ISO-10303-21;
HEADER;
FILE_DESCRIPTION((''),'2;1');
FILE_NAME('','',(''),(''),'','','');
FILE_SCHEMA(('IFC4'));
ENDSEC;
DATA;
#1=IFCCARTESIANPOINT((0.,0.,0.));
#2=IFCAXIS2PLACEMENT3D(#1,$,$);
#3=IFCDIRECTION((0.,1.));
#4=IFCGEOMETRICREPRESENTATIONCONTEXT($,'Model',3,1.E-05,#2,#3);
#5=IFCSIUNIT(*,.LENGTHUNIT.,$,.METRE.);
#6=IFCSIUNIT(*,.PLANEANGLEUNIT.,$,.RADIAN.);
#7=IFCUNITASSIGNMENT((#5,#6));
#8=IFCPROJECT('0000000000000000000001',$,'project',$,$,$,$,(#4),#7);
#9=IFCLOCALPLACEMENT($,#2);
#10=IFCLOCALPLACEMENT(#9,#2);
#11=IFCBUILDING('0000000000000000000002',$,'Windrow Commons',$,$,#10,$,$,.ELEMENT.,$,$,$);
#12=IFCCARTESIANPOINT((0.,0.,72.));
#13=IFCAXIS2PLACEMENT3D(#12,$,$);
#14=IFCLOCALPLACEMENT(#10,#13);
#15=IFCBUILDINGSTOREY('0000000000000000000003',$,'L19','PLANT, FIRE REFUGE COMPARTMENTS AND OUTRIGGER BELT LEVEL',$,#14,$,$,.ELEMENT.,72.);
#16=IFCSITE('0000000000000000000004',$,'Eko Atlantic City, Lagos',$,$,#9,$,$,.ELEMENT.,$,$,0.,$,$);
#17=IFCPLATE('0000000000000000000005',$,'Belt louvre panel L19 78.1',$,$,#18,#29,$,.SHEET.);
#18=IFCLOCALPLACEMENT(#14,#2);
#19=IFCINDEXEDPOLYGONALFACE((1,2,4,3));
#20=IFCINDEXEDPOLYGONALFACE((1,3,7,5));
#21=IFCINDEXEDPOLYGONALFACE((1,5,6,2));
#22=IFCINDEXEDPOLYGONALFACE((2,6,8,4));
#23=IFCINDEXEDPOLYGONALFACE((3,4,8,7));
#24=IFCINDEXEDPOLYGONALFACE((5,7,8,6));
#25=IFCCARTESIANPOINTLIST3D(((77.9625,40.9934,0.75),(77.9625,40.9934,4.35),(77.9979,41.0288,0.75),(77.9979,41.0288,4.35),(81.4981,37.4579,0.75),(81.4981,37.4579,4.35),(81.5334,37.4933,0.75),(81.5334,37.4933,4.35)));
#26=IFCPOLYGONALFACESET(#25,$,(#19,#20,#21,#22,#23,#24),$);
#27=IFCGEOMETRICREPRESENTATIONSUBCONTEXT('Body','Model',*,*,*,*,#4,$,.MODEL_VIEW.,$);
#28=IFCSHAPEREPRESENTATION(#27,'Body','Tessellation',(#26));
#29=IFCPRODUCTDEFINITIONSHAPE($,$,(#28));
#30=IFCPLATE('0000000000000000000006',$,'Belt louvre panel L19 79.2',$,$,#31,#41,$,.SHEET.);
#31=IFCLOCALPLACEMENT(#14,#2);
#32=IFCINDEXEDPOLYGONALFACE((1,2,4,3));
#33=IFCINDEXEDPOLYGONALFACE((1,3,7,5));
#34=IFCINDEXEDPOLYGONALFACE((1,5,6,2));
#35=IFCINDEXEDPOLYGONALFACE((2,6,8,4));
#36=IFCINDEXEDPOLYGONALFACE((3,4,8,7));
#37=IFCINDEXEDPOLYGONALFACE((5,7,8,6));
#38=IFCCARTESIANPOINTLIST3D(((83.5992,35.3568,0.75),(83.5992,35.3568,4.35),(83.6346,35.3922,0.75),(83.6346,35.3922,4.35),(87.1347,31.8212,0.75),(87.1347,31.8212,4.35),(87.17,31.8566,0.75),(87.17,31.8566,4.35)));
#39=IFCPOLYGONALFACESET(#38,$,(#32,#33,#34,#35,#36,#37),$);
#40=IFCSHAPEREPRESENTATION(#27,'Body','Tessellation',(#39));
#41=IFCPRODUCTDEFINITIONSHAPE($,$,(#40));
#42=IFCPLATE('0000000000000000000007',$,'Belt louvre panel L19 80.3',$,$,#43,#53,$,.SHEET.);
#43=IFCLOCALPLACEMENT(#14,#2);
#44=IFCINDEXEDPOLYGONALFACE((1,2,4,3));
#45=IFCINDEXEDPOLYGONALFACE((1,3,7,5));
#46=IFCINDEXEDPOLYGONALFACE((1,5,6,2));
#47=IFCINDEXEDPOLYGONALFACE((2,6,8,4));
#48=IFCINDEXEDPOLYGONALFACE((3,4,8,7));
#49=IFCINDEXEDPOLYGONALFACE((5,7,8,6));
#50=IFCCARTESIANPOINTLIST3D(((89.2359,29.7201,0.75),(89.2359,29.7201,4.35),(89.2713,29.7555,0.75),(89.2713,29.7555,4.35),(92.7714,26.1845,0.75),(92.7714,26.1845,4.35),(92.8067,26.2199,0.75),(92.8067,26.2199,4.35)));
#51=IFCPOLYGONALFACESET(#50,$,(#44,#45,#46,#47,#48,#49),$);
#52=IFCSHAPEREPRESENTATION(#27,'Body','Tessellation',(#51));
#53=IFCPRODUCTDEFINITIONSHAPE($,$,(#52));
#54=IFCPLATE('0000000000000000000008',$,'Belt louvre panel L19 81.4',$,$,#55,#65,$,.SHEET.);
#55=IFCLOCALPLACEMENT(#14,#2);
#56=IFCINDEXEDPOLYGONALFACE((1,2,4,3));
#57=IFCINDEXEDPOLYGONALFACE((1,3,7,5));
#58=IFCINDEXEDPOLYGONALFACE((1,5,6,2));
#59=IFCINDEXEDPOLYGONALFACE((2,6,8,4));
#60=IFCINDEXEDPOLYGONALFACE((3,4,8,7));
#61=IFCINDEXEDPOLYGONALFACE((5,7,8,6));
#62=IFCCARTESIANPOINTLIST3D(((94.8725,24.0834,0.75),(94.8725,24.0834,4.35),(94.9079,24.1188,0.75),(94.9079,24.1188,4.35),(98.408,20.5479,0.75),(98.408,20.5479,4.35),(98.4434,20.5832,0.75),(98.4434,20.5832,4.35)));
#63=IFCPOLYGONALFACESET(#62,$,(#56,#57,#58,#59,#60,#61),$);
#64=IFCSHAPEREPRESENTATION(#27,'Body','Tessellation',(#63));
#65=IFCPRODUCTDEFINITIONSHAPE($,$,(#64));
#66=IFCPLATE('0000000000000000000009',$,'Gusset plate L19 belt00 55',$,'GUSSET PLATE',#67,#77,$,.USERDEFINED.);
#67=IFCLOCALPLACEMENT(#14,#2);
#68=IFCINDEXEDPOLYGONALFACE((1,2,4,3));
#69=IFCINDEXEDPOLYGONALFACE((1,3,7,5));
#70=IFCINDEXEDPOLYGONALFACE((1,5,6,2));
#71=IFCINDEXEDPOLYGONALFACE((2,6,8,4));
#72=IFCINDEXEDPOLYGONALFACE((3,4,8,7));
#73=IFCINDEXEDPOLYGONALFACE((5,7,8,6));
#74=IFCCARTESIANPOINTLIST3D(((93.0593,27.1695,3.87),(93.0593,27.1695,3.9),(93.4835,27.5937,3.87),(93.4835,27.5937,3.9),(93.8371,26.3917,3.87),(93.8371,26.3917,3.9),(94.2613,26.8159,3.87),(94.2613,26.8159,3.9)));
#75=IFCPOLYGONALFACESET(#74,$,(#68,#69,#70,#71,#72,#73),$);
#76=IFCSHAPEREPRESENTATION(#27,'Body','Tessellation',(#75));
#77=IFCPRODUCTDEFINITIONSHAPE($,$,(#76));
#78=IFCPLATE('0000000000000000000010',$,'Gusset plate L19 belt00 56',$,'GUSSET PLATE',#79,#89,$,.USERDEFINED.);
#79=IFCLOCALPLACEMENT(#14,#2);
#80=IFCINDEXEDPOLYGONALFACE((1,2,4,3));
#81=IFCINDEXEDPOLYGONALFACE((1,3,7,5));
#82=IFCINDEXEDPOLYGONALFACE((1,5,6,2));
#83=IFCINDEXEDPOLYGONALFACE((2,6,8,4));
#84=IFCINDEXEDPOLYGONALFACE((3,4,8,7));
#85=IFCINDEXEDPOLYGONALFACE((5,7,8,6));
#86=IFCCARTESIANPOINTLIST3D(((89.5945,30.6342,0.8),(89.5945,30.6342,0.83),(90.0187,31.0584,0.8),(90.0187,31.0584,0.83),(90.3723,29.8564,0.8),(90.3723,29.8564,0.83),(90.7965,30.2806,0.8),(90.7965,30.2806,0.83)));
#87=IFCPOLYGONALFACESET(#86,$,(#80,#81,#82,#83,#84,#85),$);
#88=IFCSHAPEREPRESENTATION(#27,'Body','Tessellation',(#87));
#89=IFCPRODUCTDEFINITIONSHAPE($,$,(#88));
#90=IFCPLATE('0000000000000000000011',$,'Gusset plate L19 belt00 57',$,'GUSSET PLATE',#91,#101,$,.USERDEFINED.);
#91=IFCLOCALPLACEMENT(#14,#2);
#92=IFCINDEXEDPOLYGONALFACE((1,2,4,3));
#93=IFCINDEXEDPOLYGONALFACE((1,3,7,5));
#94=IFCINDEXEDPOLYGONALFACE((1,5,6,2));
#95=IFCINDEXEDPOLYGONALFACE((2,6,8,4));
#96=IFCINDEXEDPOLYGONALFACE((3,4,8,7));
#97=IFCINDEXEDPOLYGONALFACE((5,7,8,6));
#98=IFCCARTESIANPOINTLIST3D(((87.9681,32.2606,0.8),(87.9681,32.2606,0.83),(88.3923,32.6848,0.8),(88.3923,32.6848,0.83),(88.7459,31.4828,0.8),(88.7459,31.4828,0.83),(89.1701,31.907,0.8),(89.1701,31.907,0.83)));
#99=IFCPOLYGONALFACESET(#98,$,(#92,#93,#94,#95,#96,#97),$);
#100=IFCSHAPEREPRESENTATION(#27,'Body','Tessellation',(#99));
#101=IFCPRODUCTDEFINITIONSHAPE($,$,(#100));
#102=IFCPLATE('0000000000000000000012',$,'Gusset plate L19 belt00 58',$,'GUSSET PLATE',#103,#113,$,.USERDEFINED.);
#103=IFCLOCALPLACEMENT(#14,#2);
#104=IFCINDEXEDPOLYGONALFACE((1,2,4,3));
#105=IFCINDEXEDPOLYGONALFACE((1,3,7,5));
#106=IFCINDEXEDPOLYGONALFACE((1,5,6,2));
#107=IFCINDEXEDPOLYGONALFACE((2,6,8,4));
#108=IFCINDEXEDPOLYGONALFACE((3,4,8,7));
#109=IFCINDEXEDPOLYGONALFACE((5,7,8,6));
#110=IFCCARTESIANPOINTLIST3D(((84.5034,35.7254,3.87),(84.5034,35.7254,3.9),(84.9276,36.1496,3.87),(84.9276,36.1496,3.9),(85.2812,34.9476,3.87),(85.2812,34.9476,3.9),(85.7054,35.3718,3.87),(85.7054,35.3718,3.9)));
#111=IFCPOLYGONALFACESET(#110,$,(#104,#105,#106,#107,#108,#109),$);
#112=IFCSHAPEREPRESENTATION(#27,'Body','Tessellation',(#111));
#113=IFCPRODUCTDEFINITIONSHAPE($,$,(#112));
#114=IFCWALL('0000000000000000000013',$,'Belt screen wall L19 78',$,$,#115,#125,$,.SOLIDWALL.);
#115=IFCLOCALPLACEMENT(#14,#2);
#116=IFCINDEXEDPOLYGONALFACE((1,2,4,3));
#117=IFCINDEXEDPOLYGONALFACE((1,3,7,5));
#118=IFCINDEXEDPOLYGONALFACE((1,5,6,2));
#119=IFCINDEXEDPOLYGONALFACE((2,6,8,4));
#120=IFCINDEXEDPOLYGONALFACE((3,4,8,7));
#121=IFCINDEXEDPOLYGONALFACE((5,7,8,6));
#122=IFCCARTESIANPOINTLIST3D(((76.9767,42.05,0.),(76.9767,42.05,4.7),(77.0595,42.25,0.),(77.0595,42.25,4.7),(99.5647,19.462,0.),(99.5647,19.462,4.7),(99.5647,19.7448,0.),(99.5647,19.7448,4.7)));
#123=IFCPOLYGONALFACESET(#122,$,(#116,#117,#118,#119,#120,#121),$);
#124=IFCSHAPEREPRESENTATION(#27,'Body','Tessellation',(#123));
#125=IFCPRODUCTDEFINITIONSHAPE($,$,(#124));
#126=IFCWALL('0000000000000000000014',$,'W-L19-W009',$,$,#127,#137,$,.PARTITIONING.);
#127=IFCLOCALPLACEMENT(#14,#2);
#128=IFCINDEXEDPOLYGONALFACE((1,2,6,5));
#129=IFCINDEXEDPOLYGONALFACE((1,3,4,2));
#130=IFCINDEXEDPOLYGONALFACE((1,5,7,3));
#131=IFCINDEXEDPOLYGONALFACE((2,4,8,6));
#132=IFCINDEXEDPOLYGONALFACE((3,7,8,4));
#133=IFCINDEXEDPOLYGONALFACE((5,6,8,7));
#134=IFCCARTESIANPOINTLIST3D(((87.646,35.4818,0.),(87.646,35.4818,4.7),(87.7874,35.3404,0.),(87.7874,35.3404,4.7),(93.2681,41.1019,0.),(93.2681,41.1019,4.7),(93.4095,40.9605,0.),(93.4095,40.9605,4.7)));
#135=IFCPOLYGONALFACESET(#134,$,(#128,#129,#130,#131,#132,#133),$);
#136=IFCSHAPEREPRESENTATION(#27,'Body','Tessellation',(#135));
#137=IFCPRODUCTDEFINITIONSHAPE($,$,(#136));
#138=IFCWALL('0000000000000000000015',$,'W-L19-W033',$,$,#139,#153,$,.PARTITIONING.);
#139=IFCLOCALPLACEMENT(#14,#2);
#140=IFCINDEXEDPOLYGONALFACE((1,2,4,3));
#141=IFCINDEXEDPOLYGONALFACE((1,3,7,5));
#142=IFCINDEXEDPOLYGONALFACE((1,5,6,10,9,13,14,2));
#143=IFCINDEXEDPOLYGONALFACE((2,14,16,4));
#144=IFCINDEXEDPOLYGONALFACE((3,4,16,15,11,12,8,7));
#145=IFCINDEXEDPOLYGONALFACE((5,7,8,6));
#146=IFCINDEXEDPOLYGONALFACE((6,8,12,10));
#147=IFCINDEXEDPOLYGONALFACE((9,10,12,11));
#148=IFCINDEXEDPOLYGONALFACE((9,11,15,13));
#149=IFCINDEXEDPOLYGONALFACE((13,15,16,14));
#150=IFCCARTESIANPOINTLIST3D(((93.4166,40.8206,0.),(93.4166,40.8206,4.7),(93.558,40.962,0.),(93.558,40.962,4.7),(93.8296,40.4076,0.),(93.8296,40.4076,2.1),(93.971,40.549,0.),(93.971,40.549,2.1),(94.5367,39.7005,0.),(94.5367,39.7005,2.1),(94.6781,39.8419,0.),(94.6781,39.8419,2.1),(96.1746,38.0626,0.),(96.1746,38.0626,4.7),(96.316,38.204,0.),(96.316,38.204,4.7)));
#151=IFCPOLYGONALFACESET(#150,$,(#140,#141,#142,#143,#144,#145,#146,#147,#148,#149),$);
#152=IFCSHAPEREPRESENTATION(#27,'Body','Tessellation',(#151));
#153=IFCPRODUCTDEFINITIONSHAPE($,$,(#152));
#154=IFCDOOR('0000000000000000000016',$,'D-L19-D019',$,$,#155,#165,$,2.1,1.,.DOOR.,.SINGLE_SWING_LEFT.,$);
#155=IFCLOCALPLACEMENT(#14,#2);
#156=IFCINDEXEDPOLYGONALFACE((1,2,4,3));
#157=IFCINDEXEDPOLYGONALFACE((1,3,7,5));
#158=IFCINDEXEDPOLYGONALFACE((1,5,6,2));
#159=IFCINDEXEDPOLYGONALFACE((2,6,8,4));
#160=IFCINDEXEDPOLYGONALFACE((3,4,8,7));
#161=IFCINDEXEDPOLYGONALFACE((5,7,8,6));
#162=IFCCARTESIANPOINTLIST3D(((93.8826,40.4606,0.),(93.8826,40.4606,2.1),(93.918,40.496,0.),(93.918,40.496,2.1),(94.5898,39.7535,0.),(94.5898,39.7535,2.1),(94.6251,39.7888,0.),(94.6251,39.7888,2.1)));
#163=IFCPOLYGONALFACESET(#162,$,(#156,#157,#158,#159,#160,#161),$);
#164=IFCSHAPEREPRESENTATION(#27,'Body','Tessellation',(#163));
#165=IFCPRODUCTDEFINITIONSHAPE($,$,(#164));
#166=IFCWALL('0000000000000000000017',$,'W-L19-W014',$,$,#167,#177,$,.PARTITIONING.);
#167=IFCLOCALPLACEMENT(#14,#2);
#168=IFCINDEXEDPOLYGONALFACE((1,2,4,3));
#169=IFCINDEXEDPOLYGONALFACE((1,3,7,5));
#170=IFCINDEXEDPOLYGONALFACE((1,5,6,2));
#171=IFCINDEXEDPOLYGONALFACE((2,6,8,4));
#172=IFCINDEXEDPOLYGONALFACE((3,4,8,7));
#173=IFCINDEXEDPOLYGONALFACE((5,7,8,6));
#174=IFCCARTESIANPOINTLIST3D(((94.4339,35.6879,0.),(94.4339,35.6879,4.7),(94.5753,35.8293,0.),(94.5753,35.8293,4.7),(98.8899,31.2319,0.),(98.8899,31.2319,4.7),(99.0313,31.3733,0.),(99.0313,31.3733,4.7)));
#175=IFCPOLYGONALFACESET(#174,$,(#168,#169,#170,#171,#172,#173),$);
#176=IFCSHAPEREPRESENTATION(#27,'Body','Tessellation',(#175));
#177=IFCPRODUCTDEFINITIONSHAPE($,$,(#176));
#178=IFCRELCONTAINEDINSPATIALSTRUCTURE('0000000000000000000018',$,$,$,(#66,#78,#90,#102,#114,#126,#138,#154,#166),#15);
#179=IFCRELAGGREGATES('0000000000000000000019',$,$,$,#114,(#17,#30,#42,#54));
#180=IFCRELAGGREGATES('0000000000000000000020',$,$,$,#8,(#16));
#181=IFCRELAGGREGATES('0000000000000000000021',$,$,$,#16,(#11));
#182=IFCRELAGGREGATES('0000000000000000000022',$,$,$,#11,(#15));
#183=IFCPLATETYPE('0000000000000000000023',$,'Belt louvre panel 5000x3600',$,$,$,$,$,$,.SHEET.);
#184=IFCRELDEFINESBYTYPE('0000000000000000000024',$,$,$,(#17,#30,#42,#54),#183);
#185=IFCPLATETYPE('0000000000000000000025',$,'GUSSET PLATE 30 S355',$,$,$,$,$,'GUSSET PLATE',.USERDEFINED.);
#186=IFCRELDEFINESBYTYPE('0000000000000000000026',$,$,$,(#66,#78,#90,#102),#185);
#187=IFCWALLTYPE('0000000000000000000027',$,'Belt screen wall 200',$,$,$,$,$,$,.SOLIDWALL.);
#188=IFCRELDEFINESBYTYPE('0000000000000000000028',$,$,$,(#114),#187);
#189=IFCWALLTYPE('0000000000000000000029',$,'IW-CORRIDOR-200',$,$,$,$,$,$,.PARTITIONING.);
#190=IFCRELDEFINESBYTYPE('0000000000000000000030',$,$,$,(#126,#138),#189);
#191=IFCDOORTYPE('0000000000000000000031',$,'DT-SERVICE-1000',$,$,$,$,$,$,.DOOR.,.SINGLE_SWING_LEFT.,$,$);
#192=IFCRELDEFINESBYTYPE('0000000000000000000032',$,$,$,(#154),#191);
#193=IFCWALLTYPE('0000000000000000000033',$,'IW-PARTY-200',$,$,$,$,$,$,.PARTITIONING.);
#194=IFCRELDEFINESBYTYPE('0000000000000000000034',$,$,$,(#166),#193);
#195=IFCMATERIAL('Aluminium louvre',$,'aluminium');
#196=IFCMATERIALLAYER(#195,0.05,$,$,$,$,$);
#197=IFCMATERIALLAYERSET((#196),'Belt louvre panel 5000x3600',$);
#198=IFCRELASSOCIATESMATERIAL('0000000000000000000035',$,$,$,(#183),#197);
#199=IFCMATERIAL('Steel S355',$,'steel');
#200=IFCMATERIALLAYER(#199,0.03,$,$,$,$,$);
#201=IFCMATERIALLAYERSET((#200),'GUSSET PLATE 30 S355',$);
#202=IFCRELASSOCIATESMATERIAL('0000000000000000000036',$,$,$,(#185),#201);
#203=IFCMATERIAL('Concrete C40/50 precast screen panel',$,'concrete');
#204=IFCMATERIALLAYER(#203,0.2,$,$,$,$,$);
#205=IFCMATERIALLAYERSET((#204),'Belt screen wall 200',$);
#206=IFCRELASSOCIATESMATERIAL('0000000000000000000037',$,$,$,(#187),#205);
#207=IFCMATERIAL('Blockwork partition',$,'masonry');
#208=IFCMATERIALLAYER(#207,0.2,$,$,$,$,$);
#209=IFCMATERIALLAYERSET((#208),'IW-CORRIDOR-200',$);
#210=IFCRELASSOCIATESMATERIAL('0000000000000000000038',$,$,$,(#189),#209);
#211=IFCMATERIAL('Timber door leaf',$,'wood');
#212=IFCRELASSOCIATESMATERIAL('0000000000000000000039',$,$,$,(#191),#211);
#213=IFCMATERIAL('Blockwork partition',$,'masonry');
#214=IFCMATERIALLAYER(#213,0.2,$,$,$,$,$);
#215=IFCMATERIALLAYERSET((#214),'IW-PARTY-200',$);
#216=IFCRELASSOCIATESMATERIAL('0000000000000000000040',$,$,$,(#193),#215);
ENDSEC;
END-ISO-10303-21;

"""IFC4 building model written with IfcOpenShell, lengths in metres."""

from ifc_helpers import new_model, si_unit, direction, frame, frame_2d, origin, origin_2d, place, context, subcontext, project, spatial, polyline, rectangle, outline, extrude, material, layer, layer_set, type_object, element, fill, aggregate, save


model = new_model("IFC4")

# Units and contexts
model_context = context("Model", 3, precision=1e-05, world=origin(), true_north=direction((0.0, 1.0)))
body_context = subcontext(model_context, "Body", "Model", "MODEL_VIEW")
ifc_project = project(units=[si_unit("LENGTHUNIT", "METRE"), si_unit("PLANEANGLEUNIT", "RADIAN")], contexts=[model_context])

# Site, building, storey
site_placement = place(None, origin())
site = spatial("IfcSite", under=ifc_project, at=site_placement, Name="Eko Atlantic City, Lagos", CompositionType="ELEMENT", RefElevation=0.0)
building_placement = place(site_placement, origin())
building = spatial("IfcBuilding", under=site, at=building_placement, Name="Windrow Commons", CompositionType="ELEMENT")
storey_placement = place(building_placement, frame((0.0, 0.0, 72.0)))
storey = spatial("IfcBuildingStorey", under=building, at=storey_placement, Name="L19", Description="PLANT, FIRE REFUGE COMPARTMENTS AND OUTRIGGER BELT LEVEL", CompositionType="ELEMENT", Elevation=72.0)

# Plates
ifc_material_1 = material(Name="Aluminium louvre", Category="aluminium")
ifc_layer_1 = layer(ifc_material_1, 0.05)
ifc_layer_set_1 = layer_set([ifc_layer_1], Name="Belt louvre panel 5000x3600")
plate_type_1 = type_object("IfcPlateType", Name="Belt louvre panel 5000x3600", PredefinedType="SHEET", material=ifc_layer_set_1)
plate_1_placement = place(storey_placement, frame((77.9625, 40.9934, 0.75), z_axis=(-0.707097, -0.707117, 0.0), x_axis=(0.707117, -0.707097, 0.0)))
plate_1 = element("IfcPlate", 1, at=plate_1_placement, type_object=plate_type_1, Name="Belt louvre panel L19 78.1", PredefinedType="SHEET", context=body_context, shape_type="SweptSolid", body=[
    extrude(outline(polyline([(0.0, 0.0), (5.0, 0.0), (5.0, 3.6), (0.0, 3.6), (0.0, 0.0)])), origin(), (0.0, 0.0, -1.0), 0.05),
])
plate_2_placement = place(storey_placement, frame((83.5992, 35.3568, 0.75), z_axis=(-0.707117, -0.707097, 0.0), x_axis=(0.707097, -0.707117, 0.0)))
plate_2 = element("IfcPlate", 2, at=plate_2_placement, type_object=plate_type_1, Name="Belt louvre panel L19 79.2", PredefinedType="SHEET", context=body_context, shape_type="SweptSolid", body=[
    extrude(outline(polyline([(0.0, 0.0), (5.0, 0.0), (5.0, 3.6), (0.0, 3.6), (0.0, 0.0)])), origin(), (0.0, 0.0, -1.0), 0.05),
])
plate_3_placement = place(storey_placement, frame((89.2359, 29.7201, 0.75), z_axis=(-0.707117, -0.707097, 0.0), x_axis=(0.707097, -0.707117, 0.0)))
plate_3 = element("IfcPlate", 3, at=plate_3_placement, type_object=plate_type_1, Name="Belt louvre panel L19 80.3", PredefinedType="SHEET", context=body_context, shape_type="SweptSolid", body=[
    extrude(outline(polyline([(0.0, 0.0), (5.0, 0.0), (5.0, 3.6), (0.0, 3.6), (0.0, 0.0)])), origin(), (0.0, 0.0, -1.0), 0.05),
])
plate_4_placement = place(storey_placement, frame((94.8725, 24.0834, 0.75), z_axis=(-0.707107, -0.707107, 0.0), x_axis=(0.707107, -0.707107, 0.0)))
plate_4 = element("IfcPlate", 4, at=plate_4_placement, type_object=plate_type_1, Name="Belt louvre panel L19 81.4", PredefinedType="SHEET", context=body_context, shape_type="SweptSolid", body=[
    extrude(outline(polyline([(0.0, 0.0), (5.0, 0.0), (5.0, 3.6), (0.0, 3.6), (0.0, 0.0)])), origin(), (0.0, 0.0, -1.0), 0.05),
])

# Plates
ifc_material_2 = material(Name="Steel S355", Category="steel")
ifc_layer_2 = layer(ifc_material_2, 0.03)
ifc_layer_set_2 = layer_set([ifc_layer_2], Name="GUSSET PLATE 30 S355")
plate_type_2 = type_object("IfcPlateType", Name="GUSSET PLATE 30 S355", ElementType="GUSSET PLATE", PredefinedType="USERDEFINED", material=ifc_layer_set_2)
for number, where, z_axis, x_axis, name in (
    (5, (93.6603, 26.9927, 3.87), (0.0, 0.0, 1.0), (-0.707114, 0.707099, 0.0), "Gusset plate L19 belt00 55"),
    (6, (90.1955, 30.4574, 0.8), (0.0, 0.0, 1.0), (-0.707114, 0.707099, 0.0), "Gusset plate L19 belt00 56"),
    (7, (88.5691, 32.0838, 0.8), (0.0, 0.0, 1.0), (-0.707099, 0.707114, 0.0), "Gusset plate L19 belt00 57"),
    (8, (85.1044, 35.5486, 3.87), (0.0, 0.0, 1.0), (-0.707099, 0.707114, 0.0), "Gusset plate L19 belt00 58"),
):
    element("IfcPlate", number, at=place(storey_placement, frame(where, z_axis=z_axis, x_axis=x_axis)), inside=storey, type_object=plate_type_2, Name=name, ObjectType="GUSSET PLATE", PredefinedType="USERDEFINED", context=body_context, shape_type="SweptSolid", body=[
        extrude(rectangle(XDim=1.1, YDim=0.6, at=origin_2d()), origin(), (0.0, 0.0, 1.0), 0.03),
    ])

# Walls
ifc_material_3 = material(Name="Concrete C40/50 precast screen panel", Category="concrete")
ifc_layer_3 = layer(ifc_material_3, 0.2)
ifc_layer_set_3 = layer_set([ifc_layer_3], Name="Belt screen wall 200")
wall_type_1 = type_object("IfcWallType", Name="Belt screen wall 200", PredefinedType="SOLIDWALL", material=ifc_layer_set_3)
wall_1_placement = place(storey_placement, frame((77.0181, 42.15, 0.0), z_axis=(0.0, 0.0, 1.0), x_axis=(0.707107, -0.707107, 0.0)))
wall_1 = element("IfcWall", 9, at=wall_1_placement, inside=storey, type_object=wall_type_1, Name="Belt screen wall L19 78", PredefinedType="SOLIDWALL", context=body_context, shape_type="SweptSolid", body=[
    extrude(outline(polyline([(0.0414, -0.1), (31.9857, -0.1), (31.7857, 0.1), (-0.0414, 0.1), (0.0414, -0.1)])), origin(), (0.0, 0.0, 1.0), 4.7),
])
aggregate(wall_1, [plate_1, plate_2, plate_3, plate_4])
ifc_material_4 = material(Name="Blockwork partition", Category="masonry")
ifc_layer_4 = layer(ifc_material_4, 0.2)
ifc_layer_set_4 = layer_set([ifc_layer_4], Name="IW-CORRIDOR-200")
wall_type_2 = type_object("IfcWallType", Name="IW-CORRIDOR-200", PredefinedType="PARTITIONING", material=ifc_layer_set_4)
wall_2_placement = place(storey_placement, frame((87.7167, 35.4111, 0.0), z_axis=(0.0, 0.0, 1.0), x_axis=(0.707233, 0.706981, 0.0)))
element("IfcWall", 10, at=wall_2_placement, inside=storey, type_object=wall_type_2, Name="W-L19-W009", PredefinedType="PARTITIONING", context=body_context, shape_type="SweptSolid", body=[
    extrude(rectangle(XDim=7.9494, YDim=0.2, at=frame_2d((3.9747, 0.0))), origin(), (0.0, 0.0, 1.0), 4.7),
])

# Wall, opening, door
wall_3_placement = place(storey_placement, frame((93.4873, 40.8913, 0.0), z_axis=(0.0, 0.0, 1.0), x_axis=(0.707107, -0.707107, 0.0)))
wall_3 = element("IfcWall", 11, at=wall_3_placement, inside=storey, type_object=wall_type_2, Name="W-L19-W033", PredefinedType="PARTITIONING", context=body_context, shape_type="SweptSolid", body=[
    extrude(rectangle(XDim=3.9004, YDim=0.2, at=frame_2d((1.9502, 0.0))), origin(), (0.0, 0.0, 1.0), 4.7),
])
opening_1_placement = place(wall_3_placement, frame((0.5841, 0.0, 0.0)))
opening_1 = element("IfcOpeningElement", 12, at=opening_1_placement, cuts=wall_3, PredefinedType="OPENING", context=body_context, shape_type="SweptSolid", body=[
    extrude(rectangle(XDim=1.0, YDim=2.1, at=frame_2d((0.5, 1.05))), frame((0.0, 0.11, 0.0), z_axis=(0.0, -1.0, 0.0), x_axis=(1.0, 0.0, 0.0)), (0.0, 0.0, 1.0), 0.22),
])
ifc_material_5 = material(Name="Timber door leaf", Category="wood")
door_type_1 = type_object("IfcDoorType", Name="DT-SERVICE-1000", OperationType="SINGLE_SWING_LEFT", PredefinedType="DOOR", material=ifc_material_5)
door_1_placement = place(opening_1_placement, origin())
door_1 = element("IfcDoor", 13, at=door_1_placement, inside=storey, type_object=door_type_1, Name="D-L19-D019", OperationType="SINGLE_SWING_LEFT", OverallHeight=2.1, OverallWidth=1.0, PredefinedType="DOOR", context=body_context, shape_type="SweptSolid", body=[
    extrude(rectangle(XDim=1.0, YDim=2.1, at=frame_2d((0.5, 1.05))), frame((0.0, 0.025, 0.0), z_axis=(0.0, -1.0, 0.0), x_axis=(1.0, 0.0, 0.0)), (0.0, 0.0, 1.0), 0.05),
])
fill(opening_1, door_1)

# Wall
ifc_material_6 = material(Name="Blockwork partition", Category="masonry")
ifc_layer_5 = layer(ifc_material_6, 0.2)
ifc_layer_set_5 = layer_set([ifc_layer_5], Name="IW-PARTY-200")
wall_type_3 = type_object("IfcWallType", Name="IW-PARTY-200", PredefinedType="PARTITIONING", material=ifc_layer_set_5)
wall_4_placement = place(storey_placement, frame((94.5046, 35.7586, 0.0), z_axis=(0.0, 0.0, 1.0), x_axis=(0.707107, -0.707107, 0.0)))
element("IfcWall", 14, at=wall_4_placement, inside=storey, type_object=wall_type_3, Name="W-L19-W014", PredefinedType="PARTITIONING", context=body_context, shape_type="SweptSolid", body=[
    extrude(rectangle(XDim=6.3017, YDim=0.2, at=frame_2d((3.1509, 0.0))), origin(), (0.0, 0.0, 1.0), 4.7),
])

save(model, "model.ifc")
